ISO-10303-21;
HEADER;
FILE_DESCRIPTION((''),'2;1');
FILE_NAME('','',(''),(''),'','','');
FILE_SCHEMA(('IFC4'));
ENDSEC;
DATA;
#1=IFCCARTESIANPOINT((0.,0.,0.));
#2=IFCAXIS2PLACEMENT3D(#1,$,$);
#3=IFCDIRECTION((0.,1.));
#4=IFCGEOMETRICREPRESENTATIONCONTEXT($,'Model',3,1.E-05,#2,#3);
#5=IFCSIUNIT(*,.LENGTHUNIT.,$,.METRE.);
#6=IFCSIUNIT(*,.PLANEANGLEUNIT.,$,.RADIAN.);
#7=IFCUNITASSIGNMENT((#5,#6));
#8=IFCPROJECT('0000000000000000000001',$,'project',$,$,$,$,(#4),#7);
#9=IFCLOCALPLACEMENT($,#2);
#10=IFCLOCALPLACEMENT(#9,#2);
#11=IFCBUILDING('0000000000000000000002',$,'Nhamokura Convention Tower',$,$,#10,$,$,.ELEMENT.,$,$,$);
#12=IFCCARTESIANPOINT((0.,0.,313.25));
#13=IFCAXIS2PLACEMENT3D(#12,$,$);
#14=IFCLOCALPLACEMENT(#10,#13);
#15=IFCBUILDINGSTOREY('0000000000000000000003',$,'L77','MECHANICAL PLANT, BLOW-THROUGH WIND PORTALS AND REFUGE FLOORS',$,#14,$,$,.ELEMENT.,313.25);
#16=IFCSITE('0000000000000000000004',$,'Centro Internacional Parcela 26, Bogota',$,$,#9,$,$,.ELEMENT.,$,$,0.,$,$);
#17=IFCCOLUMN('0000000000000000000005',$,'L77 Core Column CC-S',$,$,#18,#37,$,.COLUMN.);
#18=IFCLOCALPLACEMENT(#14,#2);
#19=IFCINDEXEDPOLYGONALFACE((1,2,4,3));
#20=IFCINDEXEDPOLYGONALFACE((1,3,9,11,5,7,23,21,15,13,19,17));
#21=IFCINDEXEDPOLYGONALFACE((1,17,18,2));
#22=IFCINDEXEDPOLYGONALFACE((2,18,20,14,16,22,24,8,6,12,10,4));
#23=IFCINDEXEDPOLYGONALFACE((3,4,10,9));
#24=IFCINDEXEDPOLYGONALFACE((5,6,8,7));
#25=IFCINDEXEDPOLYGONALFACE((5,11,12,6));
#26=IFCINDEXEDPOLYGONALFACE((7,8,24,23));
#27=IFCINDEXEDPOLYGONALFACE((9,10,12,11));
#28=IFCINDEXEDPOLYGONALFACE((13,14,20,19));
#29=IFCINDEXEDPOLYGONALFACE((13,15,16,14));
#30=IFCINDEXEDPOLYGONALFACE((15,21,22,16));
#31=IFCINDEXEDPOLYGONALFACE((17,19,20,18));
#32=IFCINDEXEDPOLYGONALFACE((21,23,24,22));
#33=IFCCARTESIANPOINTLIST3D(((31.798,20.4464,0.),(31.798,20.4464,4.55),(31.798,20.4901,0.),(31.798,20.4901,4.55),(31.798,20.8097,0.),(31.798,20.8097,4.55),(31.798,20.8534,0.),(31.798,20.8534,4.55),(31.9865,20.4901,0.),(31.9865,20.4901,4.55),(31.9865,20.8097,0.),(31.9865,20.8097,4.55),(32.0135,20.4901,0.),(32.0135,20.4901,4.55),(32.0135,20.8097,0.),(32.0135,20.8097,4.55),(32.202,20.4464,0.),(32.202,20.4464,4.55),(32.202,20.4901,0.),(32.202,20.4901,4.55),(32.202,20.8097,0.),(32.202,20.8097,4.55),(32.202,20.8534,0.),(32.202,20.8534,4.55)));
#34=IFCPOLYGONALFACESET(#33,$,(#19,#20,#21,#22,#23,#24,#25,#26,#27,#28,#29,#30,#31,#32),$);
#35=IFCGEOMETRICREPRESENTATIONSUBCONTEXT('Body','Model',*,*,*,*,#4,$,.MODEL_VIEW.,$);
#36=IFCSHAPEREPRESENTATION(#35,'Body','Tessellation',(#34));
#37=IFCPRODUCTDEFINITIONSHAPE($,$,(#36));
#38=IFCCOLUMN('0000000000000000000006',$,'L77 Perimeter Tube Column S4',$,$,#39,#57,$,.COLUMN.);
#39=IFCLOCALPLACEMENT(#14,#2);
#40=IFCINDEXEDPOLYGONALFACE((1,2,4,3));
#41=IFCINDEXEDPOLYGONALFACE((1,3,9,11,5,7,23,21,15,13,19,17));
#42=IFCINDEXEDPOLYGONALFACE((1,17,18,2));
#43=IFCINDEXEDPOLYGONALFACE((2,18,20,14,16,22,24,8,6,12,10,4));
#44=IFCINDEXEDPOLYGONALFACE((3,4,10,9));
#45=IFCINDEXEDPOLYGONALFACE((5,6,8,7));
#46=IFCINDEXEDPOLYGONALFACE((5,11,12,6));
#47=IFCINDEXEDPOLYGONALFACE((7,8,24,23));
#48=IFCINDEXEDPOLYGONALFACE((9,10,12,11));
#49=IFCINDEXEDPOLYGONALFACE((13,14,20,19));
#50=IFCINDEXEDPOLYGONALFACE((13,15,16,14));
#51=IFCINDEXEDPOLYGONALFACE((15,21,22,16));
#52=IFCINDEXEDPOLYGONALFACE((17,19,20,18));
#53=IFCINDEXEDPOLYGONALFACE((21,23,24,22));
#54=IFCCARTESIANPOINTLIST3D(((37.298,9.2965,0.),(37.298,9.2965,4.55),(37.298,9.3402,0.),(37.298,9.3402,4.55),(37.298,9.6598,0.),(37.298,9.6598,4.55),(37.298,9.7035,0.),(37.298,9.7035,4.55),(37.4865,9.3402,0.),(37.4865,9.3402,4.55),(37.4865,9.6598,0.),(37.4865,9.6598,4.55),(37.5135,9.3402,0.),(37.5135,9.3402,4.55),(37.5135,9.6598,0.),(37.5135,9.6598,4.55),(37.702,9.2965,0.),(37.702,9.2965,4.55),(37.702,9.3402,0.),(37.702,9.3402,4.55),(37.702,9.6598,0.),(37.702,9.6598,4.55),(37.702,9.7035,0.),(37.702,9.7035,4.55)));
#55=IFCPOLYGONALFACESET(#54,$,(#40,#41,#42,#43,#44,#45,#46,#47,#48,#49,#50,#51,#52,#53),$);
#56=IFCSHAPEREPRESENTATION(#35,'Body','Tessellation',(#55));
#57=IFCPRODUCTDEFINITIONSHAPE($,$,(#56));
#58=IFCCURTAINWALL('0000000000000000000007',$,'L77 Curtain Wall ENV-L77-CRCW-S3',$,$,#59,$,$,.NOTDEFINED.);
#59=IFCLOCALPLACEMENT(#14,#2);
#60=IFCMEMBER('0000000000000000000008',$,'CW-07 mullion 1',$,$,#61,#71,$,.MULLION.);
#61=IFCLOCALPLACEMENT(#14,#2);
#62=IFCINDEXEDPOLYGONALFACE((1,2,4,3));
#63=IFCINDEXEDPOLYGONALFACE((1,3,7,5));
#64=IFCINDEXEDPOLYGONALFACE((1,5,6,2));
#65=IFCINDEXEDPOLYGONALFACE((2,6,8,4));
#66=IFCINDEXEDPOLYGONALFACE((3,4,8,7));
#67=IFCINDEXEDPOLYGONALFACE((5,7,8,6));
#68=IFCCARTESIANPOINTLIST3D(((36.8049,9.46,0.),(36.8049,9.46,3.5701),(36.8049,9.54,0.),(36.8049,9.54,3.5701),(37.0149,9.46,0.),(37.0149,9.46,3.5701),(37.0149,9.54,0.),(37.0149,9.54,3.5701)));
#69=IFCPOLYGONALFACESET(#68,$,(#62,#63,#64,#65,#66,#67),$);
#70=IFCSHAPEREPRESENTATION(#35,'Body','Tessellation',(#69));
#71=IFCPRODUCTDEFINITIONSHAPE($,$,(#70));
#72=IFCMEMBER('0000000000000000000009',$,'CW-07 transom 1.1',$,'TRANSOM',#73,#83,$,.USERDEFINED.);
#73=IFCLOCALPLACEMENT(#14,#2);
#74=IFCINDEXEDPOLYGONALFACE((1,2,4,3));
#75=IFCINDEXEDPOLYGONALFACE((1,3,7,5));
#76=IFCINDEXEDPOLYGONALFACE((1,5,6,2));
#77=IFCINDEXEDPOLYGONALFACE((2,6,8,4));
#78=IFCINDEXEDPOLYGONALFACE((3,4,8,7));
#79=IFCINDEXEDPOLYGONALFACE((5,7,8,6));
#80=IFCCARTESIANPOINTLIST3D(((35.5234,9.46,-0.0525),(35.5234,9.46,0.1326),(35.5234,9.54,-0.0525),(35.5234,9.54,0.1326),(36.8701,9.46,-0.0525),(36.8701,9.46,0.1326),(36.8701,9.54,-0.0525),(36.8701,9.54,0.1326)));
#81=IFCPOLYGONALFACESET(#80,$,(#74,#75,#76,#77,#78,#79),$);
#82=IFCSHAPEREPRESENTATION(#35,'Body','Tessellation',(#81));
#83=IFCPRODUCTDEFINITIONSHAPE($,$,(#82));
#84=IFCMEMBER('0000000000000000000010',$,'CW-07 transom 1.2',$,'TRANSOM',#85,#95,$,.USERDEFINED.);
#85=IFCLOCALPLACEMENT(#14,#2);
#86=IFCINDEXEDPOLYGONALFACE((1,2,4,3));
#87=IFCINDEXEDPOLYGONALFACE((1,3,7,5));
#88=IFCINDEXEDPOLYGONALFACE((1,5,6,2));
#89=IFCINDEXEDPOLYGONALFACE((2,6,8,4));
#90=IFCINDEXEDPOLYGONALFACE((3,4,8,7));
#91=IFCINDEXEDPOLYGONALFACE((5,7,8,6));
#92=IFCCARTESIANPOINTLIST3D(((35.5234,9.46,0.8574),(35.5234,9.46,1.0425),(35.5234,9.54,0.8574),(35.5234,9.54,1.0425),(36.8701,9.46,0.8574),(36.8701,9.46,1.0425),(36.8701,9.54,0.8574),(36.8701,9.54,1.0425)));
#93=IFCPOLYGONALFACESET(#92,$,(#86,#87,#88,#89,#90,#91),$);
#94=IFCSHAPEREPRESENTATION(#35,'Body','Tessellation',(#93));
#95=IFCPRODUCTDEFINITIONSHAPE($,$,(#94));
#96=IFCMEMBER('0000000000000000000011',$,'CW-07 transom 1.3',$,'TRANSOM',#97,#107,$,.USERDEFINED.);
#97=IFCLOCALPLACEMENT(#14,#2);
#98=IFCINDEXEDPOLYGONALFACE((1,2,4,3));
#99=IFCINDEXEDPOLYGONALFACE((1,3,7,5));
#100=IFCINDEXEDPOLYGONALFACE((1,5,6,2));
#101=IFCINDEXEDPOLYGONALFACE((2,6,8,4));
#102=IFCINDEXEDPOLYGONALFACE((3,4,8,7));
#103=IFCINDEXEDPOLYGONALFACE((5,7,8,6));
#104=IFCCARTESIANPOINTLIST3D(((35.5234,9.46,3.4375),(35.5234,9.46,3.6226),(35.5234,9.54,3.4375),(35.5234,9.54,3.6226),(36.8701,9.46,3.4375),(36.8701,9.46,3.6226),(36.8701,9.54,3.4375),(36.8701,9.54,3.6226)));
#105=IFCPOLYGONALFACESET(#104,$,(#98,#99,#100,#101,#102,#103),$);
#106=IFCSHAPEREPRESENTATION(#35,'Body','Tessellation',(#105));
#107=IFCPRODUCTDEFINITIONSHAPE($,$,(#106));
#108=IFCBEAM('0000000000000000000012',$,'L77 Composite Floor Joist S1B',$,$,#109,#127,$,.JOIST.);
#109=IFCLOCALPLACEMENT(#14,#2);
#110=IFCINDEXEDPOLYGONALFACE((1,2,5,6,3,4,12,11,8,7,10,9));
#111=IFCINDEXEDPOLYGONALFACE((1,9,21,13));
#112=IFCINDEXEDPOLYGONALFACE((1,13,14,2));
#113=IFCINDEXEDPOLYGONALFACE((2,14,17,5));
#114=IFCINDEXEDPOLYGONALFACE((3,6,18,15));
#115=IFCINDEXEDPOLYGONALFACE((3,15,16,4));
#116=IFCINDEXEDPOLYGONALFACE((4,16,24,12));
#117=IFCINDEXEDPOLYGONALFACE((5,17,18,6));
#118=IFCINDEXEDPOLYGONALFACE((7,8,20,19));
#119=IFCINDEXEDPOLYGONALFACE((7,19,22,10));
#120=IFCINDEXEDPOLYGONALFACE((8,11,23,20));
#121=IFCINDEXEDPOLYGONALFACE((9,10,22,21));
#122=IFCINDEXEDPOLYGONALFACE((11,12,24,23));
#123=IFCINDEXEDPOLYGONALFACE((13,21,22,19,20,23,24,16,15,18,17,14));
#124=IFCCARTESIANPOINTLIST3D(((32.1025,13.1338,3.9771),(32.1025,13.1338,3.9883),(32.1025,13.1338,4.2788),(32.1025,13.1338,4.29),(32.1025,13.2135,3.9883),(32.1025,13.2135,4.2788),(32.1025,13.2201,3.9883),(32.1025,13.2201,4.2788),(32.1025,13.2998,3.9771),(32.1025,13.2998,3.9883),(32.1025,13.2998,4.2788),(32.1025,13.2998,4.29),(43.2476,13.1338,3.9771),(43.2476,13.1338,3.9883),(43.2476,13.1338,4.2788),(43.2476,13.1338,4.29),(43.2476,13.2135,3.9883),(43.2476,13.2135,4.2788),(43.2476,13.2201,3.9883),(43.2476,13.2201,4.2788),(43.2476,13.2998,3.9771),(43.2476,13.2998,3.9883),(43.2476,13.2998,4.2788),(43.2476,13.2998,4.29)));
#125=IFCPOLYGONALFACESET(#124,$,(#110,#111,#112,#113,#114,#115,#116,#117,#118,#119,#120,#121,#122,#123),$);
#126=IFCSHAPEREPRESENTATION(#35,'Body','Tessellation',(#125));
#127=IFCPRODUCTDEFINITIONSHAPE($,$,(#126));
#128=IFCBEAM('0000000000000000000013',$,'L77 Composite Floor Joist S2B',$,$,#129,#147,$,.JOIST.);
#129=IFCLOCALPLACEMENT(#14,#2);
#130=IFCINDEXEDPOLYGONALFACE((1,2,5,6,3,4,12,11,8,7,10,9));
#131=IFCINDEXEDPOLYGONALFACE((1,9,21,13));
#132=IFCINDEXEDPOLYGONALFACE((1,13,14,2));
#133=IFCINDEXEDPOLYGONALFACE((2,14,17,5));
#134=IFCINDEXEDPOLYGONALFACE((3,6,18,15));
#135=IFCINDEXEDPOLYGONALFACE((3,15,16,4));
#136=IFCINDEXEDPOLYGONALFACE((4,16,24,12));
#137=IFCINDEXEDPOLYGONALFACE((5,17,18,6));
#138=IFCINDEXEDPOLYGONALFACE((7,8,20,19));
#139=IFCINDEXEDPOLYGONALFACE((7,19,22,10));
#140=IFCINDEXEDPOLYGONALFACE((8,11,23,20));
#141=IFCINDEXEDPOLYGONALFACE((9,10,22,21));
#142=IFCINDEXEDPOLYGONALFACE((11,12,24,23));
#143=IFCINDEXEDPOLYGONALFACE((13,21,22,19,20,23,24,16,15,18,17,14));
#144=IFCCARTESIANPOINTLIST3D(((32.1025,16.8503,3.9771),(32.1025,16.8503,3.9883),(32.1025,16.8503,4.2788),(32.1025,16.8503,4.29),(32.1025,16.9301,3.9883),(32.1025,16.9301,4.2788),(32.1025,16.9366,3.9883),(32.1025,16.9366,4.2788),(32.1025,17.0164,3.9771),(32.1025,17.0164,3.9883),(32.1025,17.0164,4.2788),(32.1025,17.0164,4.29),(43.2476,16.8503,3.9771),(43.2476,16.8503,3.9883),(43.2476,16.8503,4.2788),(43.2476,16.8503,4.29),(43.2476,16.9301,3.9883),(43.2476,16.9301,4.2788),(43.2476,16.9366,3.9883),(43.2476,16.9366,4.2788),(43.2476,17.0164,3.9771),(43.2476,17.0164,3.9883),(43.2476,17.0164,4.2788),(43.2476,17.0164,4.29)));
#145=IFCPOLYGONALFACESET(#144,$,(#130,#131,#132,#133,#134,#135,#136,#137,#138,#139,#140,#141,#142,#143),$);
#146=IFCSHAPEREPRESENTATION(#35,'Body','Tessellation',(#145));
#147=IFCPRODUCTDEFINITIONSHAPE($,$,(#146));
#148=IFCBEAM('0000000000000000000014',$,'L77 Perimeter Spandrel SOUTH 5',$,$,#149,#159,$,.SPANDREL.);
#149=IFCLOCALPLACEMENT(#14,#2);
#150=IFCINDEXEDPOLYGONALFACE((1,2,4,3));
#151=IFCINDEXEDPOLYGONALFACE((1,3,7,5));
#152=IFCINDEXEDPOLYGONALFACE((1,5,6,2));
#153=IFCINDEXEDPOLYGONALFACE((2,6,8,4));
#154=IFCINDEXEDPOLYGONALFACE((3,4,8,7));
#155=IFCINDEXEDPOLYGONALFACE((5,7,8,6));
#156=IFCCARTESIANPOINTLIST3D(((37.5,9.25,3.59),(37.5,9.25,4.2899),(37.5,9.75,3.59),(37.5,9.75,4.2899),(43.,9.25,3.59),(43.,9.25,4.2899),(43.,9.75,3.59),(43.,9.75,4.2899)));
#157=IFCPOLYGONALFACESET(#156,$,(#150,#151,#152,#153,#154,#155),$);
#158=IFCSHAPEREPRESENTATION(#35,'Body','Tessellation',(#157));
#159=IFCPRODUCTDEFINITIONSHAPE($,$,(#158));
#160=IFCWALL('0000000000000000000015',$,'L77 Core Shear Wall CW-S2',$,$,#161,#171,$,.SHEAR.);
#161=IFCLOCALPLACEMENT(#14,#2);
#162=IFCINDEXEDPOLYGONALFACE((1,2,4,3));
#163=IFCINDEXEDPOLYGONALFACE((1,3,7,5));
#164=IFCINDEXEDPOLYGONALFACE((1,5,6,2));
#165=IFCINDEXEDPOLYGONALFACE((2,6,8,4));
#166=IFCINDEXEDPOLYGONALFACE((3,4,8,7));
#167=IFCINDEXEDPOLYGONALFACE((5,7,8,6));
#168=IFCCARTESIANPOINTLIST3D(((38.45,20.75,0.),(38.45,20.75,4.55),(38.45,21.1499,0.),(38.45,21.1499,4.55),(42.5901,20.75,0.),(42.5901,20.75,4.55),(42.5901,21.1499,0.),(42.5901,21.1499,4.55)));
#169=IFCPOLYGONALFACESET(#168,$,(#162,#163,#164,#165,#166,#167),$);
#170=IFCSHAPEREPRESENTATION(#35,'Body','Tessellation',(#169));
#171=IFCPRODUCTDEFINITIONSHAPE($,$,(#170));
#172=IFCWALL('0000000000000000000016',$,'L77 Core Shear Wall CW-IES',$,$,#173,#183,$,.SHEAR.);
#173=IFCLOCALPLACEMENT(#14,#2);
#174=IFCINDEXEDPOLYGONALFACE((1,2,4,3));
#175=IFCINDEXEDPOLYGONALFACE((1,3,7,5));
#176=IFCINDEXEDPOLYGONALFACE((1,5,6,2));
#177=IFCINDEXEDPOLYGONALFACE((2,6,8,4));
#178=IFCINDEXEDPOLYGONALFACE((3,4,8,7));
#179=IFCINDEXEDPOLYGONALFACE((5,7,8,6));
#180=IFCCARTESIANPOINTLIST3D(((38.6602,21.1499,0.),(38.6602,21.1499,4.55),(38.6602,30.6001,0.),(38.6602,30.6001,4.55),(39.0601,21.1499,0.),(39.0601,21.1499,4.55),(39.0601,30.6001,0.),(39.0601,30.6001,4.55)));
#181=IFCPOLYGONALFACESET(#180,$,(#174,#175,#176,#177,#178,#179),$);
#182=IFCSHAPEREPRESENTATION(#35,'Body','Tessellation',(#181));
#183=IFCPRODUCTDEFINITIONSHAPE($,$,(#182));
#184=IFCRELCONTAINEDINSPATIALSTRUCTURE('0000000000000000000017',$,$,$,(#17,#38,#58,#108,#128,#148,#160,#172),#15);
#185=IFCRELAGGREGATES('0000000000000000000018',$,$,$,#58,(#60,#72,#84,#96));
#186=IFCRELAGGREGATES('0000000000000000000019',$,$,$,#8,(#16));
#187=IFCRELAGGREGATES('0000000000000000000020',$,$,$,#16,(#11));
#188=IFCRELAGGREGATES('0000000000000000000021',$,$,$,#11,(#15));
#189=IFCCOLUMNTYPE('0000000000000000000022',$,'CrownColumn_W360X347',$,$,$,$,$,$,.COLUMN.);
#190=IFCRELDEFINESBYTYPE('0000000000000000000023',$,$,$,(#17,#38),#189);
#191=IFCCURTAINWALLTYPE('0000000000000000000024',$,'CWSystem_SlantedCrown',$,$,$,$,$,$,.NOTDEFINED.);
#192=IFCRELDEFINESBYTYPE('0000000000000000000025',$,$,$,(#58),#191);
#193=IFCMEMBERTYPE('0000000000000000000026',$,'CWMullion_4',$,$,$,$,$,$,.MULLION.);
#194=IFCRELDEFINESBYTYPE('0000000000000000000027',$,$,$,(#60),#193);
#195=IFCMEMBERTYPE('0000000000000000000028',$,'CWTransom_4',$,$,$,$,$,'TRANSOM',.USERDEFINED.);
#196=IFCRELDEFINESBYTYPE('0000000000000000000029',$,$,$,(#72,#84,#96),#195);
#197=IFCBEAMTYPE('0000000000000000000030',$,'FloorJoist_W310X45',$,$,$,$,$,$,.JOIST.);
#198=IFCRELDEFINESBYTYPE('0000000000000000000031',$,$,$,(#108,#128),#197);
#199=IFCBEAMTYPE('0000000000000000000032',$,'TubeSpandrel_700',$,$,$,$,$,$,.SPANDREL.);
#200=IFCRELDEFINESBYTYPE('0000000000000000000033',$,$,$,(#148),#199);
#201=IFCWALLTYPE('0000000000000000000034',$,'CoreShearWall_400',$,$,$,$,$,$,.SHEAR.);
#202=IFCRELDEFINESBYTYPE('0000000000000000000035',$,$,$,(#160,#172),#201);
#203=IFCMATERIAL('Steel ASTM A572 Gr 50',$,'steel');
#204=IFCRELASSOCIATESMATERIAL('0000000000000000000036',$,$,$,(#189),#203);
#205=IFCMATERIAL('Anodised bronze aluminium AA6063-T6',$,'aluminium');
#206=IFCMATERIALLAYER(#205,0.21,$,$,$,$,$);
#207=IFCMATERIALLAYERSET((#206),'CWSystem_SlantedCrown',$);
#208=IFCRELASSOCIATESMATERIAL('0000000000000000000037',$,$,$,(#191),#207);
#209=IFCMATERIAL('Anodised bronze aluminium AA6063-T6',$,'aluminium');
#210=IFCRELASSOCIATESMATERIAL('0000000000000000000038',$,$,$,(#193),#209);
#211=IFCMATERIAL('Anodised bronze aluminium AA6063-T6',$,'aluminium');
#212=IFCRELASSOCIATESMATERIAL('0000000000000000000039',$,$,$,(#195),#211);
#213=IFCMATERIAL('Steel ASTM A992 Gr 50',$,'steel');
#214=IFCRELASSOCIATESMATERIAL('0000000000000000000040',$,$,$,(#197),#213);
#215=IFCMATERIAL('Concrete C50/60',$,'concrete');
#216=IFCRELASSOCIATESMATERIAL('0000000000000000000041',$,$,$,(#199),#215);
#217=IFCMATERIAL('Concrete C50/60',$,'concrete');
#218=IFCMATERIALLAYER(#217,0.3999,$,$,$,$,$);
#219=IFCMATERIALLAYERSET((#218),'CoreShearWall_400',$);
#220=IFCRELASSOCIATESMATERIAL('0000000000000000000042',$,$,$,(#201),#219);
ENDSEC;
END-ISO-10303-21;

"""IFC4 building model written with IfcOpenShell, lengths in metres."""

from ifc_helpers import new_model, si_unit, direction, frame, frame_2d, origin, origin_2d, place, context, subcontext, project, spatial, rectangle, i_section, extrude, material, layer, layer_set, material_profile, profile_set, type_object, element, aggregate, save


model = new_model("IFC4")

# Units and contexts
model_context = context("Model", 3, precision=1e-05, world=origin(), true_north=direction((0.0, 1.0)))
body_context = subcontext(model_context, "Body", "Model", "MODEL_VIEW")
ifc_project = project(units=[si_unit("LENGTHUNIT", "METRE"), si_unit("PLANEANGLEUNIT", "RADIAN")], contexts=[model_context])

# Site, building, storey
site_placement = place(None, origin())
site = spatial("IfcSite", under=ifc_project, at=site_placement, Name="Centro Internacional Parcela 26, Bogota", CompositionType="ELEMENT", RefElevation=0.0)
building_placement = place(site_placement, origin())
building = spatial("IfcBuilding", under=site, at=building_placement, Name="Nhamokura Convention Tower", CompositionType="ELEMENT")
storey_placement = place(building_placement, frame((0.0, 0.0, 313.25)))
storey = spatial("IfcBuildingStorey", under=building, at=storey_placement, Name="L77", Description="MECHANICAL PLANT, BLOW-THROUGH WIND PORTALS AND REFUGE FLOORS", CompositionType="ELEMENT", Elevation=313.25)

# Columns
ifc_material_1 = material(Name="Steel ASTM A572 Gr 50", Category="steel")
ifc_material_profile_1 = material_profile(ifc_material_1, i_section(OverallWidth=0.4041, OverallDepth=0.407, WebThickness=0.0271, FlangeThickness=0.0437, at=origin_2d()))
ifc_profile_set_1 = profile_set([ifc_material_profile_1], Name="Steel ASTM A572 Gr 50")
column_type = type_object("IfcColumnType", Name="CrownColumn_W360X347", PredefinedType="COLUMN", material=ifc_profile_set_1)
for number, where, z_axis, x_axis, name in (
    (1, (32.0, 20.6499, 0.0), (0.0, 0.0, 1.0), (1.0, 0.0, 0.0), "L77 Core Column CC-S"),
    (2, (37.5, 9.5, 0.0), (0.0, 0.0, 1.0), (1.0, 0.0, 0.0), "L77 Perimeter Tube Column S4"),
):
    element("IfcColumn", number, at=place(storey_placement, frame(where, z_axis=z_axis, x_axis=x_axis)), inside=storey, type_object=column_type, Name=name, PredefinedType="COLUMN", context=body_context, shape_type="SweptSolid", body=[
        extrude(i_section(OverallWidth=0.4041, OverallDepth=0.407, WebThickness=0.0271, FlangeThickness=0.0437, at=origin_2d()), origin(), (0.0, 0.0, 1.0), 4.55),
    ])

# Curtain wall, members
ifc_material_2 = material(Name="Anodised bronze aluminium AA6063-T6", Category="aluminium")
ifc_layer_1 = layer(ifc_material_2, 0.21)
ifc_layer_set_1 = layer_set([ifc_layer_1], Name="CWSystem_SlantedCrown")
curtain_wall_type = type_object("IfcCurtainWallType", Name="CWSystem_SlantedCrown", PredefinedType="NOTDEFINED", material=ifc_layer_set_1)
curtain_wall_placement = place(storey_placement, origin())
curtain_wall = element("IfcCurtainWall", 3, at=curtain_wall_placement, inside=storey, type_object=curtain_wall_type, Name="L77 Curtain Wall ENV-L77-CRCW-S3", PredefinedType="NOTDEFINED")
ifc_material_3 = material(Name="Anodised bronze aluminium AA6063-T6", Category="aluminium")
ifc_material_profile_2 = material_profile(ifc_material_3, rectangle(XDim=0.0801, YDim=0.21, at=origin_2d()))
ifc_profile_set_2 = profile_set([ifc_material_profile_2], Name="Anodised bronze aluminium AA6063-T6")
member_type_1 = type_object("IfcMemberType", Name="CWMullion_4", PredefinedType="MULLION", material=ifc_profile_set_2)
member_1_placement = place(storey_placement, frame((36.9099, 9.5, 0.0), z_axis=(0.0, 0.0, 1.0), x_axis=(0.0, -1.0, 0.0)))
member_1 = element("IfcMember", 4, at=member_1_placement, type_object=member_type_1, Name="CW-07 mullion 1", PredefinedType="MULLION", context=body_context, shape_type="SweptSolid", body=[
    extrude(rectangle(XDim=0.0801, YDim=0.21, at=origin_2d()), origin(), (0.0, 0.0, 1.0), 3.5701),
])
ifc_material_4 = material(Name="Anodised bronze aluminium AA6063-T6", Category="aluminium")
ifc_material_profile_3 = material_profile(ifc_material_4, rectangle(XDim=0.0801, YDim=0.1851, at=origin_2d()))
ifc_profile_set_3 = profile_set([ifc_material_profile_3], Name="Anodised bronze aluminium AA6063-T6")
member_type_2 = type_object("IfcMemberType", Name="CWTransom_4", ElementType="TRANSOM", PredefinedType="USERDEFINED", material=ifc_profile_set_3)
member_2_placement = place(storey_placement, frame((36.8701, 9.5, 0.04), z_axis=(-1.0, 0.0, 0.0), x_axis=(0.0, -1.0, 0.0)))
member_2 = element("IfcMember", 5, at=member_2_placement, type_object=member_type_2, Name="CW-07 transom 1.1", ObjectType="TRANSOM", PredefinedType="USERDEFINED", context=body_context, shape_type="SweptSolid", body=[
    extrude(rectangle(XDim=0.0801, YDim=0.1851, at=origin_2d()), origin(), (0.0, 0.0, 1.0), 1.3467),
])
member_3_placement = place(storey_placement, frame((36.8701, 9.5, 0.95), z_axis=(-1.0, 0.0, 0.0), x_axis=(0.0, -1.0, 0.0)))
member_3 = element("IfcMember", 6, at=member_3_placement, type_object=member_type_2, Name="CW-07 transom 1.2", ObjectType="TRANSOM", PredefinedType="USERDEFINED", context=body_context, shape_type="SweptSolid", body=[
    extrude(rectangle(XDim=0.0801, YDim=0.1851, at=origin_2d()), origin(), (0.0, 0.0, 1.0), 1.3467),
])
member_4_placement = place(storey_placement, frame((36.8701, 9.5, 3.53), z_axis=(-1.0, 0.0, 0.0), x_axis=(0.0, -1.0, 0.0)))
member_4 = element("IfcMember", 7, at=member_4_placement, type_object=member_type_2, Name="CW-07 transom 1.3", ObjectType="TRANSOM", PredefinedType="USERDEFINED", context=body_context, shape_type="SweptSolid", body=[
    extrude(rectangle(XDim=0.0801, YDim=0.1851, at=origin_2d()), origin(), (0.0, 0.0, 1.0), 1.3467),
])
aggregate(curtain_wall, [member_1, member_2, member_3, member_4])

# Beams
ifc_material_5 = material(Name="Steel ASTM A992 Gr 50", Category="steel")
ifc_material_profile_4 = material_profile(ifc_material_5, i_section(OverallWidth=0.166, OverallDepth=0.313, WebThickness=0.0066, FlangeThickness=0.0112, at=origin_2d()))
ifc_profile_set_4 = profile_set([ifc_material_profile_4], Name="Steel ASTM A992 Gr 50")
beam_type_1 = type_object("IfcBeamType", Name="FloorJoist_W310X45", PredefinedType="JOIST", material=ifc_profile_set_4)
for number, where, z_axis, x_axis, name in (
    (8, (32.1025, 13.2168, 4.1335), (1.0, 0.0, 0.0), (0.0, 1.0, 0.0), "L77 Composite Floor Joist S1B"),
    (9, (32.1025, 16.9333, 4.1335), (1.0, 0.0, 0.0), (0.0, 1.0, 0.0), "L77 Composite Floor Joist S2B"),
):
    element("IfcBeam", number, at=place(storey_placement, frame(where, z_axis=z_axis, x_axis=x_axis)), inside=storey, type_object=beam_type_1, Name=name, PredefinedType="JOIST", context=body_context, shape_type="SweptSolid", body=[
        extrude(i_section(OverallWidth=0.166, OverallDepth=0.313, WebThickness=0.0066, FlangeThickness=0.0112, at=origin_2d()), origin(), (0.0, 0.0, 1.0), 11.145),
    ])
ifc_material_6 = material(Name="Concrete C50/60", Category="concrete")
ifc_material_profile_5 = material_profile(ifc_material_6, rectangle(XDim=0.5, YDim=0.7, at=origin_2d()))
ifc_profile_set_5 = profile_set([ifc_material_profile_5], Name="Concrete C50/60")
beam_type_2 = type_object("IfcBeamType", Name="TubeSpandrel_700", PredefinedType="SPANDREL", material=ifc_profile_set_5)
beam_placement = place(storey_placement, frame((37.5, 9.5, 3.9399), z_axis=(1.0, 0.0, 0.0), x_axis=(0.0, 1.0, 0.0)))
element("IfcBeam", 10, at=beam_placement, inside=storey, type_object=beam_type_2, Name="L77 Perimeter Spandrel SOUTH 5", PredefinedType="SPANDREL", context=body_context, shape_type="SweptSolid", body=[
    extrude(rectangle(XDim=0.5, YDim=0.7, at=origin_2d()), origin(), (0.0, 0.0, 1.0), 5.5),
])

# Walls
ifc_material_7 = material(Name="Concrete C50/60", Category="concrete")
ifc_layer_2 = layer(ifc_material_7, 0.3999)
ifc_layer_set_2 = layer_set([ifc_layer_2], Name="CoreShearWall_400")
wall_type_1 = type_object("IfcWallType", Name="CoreShearWall_400", PredefinedType="SHEAR", material=ifc_layer_set_2)
wall_1_placement = place(storey_placement, frame((38.45, 20.95, 0.0), z_axis=(0.0, 0.0, 1.0), x_axis=(1.0, 0.0, 0.0)))
element("IfcWall", 11, at=wall_1_placement, inside=storey, type_object=wall_type_1, Name="L77 Core Shear Wall CW-S2", PredefinedType="SHEAR", context=body_context, shape_type="SweptSolid", body=[
    extrude(rectangle(XDim=4.1401, YDim=0.3999, at=frame_2d((2.0701, 0.0))), origin(), (0.0, 0.0, 1.0), 4.55),
])
wall_2_placement = place(storey_placement, frame((38.8601, 21.1499, 0.0), z_axis=(0.0, 0.0, 1.0), x_axis=(0.0, 1.0, 0.0)))
element("IfcWall", 12, at=wall_2_placement, inside=storey, type_object=wall_type_1, Name="L77 Core Shear Wall CW-IES", PredefinedType="SHEAR", context=body_context, shape_type="SweptSolid", body=[
    extrude(rectangle(XDim=9.4502, YDim=0.3999, at=frame_2d((4.7251, 0.0))), origin(), (0.0, 0.0, 1.0), 4.55),
])

save(model, "model.ifc")
